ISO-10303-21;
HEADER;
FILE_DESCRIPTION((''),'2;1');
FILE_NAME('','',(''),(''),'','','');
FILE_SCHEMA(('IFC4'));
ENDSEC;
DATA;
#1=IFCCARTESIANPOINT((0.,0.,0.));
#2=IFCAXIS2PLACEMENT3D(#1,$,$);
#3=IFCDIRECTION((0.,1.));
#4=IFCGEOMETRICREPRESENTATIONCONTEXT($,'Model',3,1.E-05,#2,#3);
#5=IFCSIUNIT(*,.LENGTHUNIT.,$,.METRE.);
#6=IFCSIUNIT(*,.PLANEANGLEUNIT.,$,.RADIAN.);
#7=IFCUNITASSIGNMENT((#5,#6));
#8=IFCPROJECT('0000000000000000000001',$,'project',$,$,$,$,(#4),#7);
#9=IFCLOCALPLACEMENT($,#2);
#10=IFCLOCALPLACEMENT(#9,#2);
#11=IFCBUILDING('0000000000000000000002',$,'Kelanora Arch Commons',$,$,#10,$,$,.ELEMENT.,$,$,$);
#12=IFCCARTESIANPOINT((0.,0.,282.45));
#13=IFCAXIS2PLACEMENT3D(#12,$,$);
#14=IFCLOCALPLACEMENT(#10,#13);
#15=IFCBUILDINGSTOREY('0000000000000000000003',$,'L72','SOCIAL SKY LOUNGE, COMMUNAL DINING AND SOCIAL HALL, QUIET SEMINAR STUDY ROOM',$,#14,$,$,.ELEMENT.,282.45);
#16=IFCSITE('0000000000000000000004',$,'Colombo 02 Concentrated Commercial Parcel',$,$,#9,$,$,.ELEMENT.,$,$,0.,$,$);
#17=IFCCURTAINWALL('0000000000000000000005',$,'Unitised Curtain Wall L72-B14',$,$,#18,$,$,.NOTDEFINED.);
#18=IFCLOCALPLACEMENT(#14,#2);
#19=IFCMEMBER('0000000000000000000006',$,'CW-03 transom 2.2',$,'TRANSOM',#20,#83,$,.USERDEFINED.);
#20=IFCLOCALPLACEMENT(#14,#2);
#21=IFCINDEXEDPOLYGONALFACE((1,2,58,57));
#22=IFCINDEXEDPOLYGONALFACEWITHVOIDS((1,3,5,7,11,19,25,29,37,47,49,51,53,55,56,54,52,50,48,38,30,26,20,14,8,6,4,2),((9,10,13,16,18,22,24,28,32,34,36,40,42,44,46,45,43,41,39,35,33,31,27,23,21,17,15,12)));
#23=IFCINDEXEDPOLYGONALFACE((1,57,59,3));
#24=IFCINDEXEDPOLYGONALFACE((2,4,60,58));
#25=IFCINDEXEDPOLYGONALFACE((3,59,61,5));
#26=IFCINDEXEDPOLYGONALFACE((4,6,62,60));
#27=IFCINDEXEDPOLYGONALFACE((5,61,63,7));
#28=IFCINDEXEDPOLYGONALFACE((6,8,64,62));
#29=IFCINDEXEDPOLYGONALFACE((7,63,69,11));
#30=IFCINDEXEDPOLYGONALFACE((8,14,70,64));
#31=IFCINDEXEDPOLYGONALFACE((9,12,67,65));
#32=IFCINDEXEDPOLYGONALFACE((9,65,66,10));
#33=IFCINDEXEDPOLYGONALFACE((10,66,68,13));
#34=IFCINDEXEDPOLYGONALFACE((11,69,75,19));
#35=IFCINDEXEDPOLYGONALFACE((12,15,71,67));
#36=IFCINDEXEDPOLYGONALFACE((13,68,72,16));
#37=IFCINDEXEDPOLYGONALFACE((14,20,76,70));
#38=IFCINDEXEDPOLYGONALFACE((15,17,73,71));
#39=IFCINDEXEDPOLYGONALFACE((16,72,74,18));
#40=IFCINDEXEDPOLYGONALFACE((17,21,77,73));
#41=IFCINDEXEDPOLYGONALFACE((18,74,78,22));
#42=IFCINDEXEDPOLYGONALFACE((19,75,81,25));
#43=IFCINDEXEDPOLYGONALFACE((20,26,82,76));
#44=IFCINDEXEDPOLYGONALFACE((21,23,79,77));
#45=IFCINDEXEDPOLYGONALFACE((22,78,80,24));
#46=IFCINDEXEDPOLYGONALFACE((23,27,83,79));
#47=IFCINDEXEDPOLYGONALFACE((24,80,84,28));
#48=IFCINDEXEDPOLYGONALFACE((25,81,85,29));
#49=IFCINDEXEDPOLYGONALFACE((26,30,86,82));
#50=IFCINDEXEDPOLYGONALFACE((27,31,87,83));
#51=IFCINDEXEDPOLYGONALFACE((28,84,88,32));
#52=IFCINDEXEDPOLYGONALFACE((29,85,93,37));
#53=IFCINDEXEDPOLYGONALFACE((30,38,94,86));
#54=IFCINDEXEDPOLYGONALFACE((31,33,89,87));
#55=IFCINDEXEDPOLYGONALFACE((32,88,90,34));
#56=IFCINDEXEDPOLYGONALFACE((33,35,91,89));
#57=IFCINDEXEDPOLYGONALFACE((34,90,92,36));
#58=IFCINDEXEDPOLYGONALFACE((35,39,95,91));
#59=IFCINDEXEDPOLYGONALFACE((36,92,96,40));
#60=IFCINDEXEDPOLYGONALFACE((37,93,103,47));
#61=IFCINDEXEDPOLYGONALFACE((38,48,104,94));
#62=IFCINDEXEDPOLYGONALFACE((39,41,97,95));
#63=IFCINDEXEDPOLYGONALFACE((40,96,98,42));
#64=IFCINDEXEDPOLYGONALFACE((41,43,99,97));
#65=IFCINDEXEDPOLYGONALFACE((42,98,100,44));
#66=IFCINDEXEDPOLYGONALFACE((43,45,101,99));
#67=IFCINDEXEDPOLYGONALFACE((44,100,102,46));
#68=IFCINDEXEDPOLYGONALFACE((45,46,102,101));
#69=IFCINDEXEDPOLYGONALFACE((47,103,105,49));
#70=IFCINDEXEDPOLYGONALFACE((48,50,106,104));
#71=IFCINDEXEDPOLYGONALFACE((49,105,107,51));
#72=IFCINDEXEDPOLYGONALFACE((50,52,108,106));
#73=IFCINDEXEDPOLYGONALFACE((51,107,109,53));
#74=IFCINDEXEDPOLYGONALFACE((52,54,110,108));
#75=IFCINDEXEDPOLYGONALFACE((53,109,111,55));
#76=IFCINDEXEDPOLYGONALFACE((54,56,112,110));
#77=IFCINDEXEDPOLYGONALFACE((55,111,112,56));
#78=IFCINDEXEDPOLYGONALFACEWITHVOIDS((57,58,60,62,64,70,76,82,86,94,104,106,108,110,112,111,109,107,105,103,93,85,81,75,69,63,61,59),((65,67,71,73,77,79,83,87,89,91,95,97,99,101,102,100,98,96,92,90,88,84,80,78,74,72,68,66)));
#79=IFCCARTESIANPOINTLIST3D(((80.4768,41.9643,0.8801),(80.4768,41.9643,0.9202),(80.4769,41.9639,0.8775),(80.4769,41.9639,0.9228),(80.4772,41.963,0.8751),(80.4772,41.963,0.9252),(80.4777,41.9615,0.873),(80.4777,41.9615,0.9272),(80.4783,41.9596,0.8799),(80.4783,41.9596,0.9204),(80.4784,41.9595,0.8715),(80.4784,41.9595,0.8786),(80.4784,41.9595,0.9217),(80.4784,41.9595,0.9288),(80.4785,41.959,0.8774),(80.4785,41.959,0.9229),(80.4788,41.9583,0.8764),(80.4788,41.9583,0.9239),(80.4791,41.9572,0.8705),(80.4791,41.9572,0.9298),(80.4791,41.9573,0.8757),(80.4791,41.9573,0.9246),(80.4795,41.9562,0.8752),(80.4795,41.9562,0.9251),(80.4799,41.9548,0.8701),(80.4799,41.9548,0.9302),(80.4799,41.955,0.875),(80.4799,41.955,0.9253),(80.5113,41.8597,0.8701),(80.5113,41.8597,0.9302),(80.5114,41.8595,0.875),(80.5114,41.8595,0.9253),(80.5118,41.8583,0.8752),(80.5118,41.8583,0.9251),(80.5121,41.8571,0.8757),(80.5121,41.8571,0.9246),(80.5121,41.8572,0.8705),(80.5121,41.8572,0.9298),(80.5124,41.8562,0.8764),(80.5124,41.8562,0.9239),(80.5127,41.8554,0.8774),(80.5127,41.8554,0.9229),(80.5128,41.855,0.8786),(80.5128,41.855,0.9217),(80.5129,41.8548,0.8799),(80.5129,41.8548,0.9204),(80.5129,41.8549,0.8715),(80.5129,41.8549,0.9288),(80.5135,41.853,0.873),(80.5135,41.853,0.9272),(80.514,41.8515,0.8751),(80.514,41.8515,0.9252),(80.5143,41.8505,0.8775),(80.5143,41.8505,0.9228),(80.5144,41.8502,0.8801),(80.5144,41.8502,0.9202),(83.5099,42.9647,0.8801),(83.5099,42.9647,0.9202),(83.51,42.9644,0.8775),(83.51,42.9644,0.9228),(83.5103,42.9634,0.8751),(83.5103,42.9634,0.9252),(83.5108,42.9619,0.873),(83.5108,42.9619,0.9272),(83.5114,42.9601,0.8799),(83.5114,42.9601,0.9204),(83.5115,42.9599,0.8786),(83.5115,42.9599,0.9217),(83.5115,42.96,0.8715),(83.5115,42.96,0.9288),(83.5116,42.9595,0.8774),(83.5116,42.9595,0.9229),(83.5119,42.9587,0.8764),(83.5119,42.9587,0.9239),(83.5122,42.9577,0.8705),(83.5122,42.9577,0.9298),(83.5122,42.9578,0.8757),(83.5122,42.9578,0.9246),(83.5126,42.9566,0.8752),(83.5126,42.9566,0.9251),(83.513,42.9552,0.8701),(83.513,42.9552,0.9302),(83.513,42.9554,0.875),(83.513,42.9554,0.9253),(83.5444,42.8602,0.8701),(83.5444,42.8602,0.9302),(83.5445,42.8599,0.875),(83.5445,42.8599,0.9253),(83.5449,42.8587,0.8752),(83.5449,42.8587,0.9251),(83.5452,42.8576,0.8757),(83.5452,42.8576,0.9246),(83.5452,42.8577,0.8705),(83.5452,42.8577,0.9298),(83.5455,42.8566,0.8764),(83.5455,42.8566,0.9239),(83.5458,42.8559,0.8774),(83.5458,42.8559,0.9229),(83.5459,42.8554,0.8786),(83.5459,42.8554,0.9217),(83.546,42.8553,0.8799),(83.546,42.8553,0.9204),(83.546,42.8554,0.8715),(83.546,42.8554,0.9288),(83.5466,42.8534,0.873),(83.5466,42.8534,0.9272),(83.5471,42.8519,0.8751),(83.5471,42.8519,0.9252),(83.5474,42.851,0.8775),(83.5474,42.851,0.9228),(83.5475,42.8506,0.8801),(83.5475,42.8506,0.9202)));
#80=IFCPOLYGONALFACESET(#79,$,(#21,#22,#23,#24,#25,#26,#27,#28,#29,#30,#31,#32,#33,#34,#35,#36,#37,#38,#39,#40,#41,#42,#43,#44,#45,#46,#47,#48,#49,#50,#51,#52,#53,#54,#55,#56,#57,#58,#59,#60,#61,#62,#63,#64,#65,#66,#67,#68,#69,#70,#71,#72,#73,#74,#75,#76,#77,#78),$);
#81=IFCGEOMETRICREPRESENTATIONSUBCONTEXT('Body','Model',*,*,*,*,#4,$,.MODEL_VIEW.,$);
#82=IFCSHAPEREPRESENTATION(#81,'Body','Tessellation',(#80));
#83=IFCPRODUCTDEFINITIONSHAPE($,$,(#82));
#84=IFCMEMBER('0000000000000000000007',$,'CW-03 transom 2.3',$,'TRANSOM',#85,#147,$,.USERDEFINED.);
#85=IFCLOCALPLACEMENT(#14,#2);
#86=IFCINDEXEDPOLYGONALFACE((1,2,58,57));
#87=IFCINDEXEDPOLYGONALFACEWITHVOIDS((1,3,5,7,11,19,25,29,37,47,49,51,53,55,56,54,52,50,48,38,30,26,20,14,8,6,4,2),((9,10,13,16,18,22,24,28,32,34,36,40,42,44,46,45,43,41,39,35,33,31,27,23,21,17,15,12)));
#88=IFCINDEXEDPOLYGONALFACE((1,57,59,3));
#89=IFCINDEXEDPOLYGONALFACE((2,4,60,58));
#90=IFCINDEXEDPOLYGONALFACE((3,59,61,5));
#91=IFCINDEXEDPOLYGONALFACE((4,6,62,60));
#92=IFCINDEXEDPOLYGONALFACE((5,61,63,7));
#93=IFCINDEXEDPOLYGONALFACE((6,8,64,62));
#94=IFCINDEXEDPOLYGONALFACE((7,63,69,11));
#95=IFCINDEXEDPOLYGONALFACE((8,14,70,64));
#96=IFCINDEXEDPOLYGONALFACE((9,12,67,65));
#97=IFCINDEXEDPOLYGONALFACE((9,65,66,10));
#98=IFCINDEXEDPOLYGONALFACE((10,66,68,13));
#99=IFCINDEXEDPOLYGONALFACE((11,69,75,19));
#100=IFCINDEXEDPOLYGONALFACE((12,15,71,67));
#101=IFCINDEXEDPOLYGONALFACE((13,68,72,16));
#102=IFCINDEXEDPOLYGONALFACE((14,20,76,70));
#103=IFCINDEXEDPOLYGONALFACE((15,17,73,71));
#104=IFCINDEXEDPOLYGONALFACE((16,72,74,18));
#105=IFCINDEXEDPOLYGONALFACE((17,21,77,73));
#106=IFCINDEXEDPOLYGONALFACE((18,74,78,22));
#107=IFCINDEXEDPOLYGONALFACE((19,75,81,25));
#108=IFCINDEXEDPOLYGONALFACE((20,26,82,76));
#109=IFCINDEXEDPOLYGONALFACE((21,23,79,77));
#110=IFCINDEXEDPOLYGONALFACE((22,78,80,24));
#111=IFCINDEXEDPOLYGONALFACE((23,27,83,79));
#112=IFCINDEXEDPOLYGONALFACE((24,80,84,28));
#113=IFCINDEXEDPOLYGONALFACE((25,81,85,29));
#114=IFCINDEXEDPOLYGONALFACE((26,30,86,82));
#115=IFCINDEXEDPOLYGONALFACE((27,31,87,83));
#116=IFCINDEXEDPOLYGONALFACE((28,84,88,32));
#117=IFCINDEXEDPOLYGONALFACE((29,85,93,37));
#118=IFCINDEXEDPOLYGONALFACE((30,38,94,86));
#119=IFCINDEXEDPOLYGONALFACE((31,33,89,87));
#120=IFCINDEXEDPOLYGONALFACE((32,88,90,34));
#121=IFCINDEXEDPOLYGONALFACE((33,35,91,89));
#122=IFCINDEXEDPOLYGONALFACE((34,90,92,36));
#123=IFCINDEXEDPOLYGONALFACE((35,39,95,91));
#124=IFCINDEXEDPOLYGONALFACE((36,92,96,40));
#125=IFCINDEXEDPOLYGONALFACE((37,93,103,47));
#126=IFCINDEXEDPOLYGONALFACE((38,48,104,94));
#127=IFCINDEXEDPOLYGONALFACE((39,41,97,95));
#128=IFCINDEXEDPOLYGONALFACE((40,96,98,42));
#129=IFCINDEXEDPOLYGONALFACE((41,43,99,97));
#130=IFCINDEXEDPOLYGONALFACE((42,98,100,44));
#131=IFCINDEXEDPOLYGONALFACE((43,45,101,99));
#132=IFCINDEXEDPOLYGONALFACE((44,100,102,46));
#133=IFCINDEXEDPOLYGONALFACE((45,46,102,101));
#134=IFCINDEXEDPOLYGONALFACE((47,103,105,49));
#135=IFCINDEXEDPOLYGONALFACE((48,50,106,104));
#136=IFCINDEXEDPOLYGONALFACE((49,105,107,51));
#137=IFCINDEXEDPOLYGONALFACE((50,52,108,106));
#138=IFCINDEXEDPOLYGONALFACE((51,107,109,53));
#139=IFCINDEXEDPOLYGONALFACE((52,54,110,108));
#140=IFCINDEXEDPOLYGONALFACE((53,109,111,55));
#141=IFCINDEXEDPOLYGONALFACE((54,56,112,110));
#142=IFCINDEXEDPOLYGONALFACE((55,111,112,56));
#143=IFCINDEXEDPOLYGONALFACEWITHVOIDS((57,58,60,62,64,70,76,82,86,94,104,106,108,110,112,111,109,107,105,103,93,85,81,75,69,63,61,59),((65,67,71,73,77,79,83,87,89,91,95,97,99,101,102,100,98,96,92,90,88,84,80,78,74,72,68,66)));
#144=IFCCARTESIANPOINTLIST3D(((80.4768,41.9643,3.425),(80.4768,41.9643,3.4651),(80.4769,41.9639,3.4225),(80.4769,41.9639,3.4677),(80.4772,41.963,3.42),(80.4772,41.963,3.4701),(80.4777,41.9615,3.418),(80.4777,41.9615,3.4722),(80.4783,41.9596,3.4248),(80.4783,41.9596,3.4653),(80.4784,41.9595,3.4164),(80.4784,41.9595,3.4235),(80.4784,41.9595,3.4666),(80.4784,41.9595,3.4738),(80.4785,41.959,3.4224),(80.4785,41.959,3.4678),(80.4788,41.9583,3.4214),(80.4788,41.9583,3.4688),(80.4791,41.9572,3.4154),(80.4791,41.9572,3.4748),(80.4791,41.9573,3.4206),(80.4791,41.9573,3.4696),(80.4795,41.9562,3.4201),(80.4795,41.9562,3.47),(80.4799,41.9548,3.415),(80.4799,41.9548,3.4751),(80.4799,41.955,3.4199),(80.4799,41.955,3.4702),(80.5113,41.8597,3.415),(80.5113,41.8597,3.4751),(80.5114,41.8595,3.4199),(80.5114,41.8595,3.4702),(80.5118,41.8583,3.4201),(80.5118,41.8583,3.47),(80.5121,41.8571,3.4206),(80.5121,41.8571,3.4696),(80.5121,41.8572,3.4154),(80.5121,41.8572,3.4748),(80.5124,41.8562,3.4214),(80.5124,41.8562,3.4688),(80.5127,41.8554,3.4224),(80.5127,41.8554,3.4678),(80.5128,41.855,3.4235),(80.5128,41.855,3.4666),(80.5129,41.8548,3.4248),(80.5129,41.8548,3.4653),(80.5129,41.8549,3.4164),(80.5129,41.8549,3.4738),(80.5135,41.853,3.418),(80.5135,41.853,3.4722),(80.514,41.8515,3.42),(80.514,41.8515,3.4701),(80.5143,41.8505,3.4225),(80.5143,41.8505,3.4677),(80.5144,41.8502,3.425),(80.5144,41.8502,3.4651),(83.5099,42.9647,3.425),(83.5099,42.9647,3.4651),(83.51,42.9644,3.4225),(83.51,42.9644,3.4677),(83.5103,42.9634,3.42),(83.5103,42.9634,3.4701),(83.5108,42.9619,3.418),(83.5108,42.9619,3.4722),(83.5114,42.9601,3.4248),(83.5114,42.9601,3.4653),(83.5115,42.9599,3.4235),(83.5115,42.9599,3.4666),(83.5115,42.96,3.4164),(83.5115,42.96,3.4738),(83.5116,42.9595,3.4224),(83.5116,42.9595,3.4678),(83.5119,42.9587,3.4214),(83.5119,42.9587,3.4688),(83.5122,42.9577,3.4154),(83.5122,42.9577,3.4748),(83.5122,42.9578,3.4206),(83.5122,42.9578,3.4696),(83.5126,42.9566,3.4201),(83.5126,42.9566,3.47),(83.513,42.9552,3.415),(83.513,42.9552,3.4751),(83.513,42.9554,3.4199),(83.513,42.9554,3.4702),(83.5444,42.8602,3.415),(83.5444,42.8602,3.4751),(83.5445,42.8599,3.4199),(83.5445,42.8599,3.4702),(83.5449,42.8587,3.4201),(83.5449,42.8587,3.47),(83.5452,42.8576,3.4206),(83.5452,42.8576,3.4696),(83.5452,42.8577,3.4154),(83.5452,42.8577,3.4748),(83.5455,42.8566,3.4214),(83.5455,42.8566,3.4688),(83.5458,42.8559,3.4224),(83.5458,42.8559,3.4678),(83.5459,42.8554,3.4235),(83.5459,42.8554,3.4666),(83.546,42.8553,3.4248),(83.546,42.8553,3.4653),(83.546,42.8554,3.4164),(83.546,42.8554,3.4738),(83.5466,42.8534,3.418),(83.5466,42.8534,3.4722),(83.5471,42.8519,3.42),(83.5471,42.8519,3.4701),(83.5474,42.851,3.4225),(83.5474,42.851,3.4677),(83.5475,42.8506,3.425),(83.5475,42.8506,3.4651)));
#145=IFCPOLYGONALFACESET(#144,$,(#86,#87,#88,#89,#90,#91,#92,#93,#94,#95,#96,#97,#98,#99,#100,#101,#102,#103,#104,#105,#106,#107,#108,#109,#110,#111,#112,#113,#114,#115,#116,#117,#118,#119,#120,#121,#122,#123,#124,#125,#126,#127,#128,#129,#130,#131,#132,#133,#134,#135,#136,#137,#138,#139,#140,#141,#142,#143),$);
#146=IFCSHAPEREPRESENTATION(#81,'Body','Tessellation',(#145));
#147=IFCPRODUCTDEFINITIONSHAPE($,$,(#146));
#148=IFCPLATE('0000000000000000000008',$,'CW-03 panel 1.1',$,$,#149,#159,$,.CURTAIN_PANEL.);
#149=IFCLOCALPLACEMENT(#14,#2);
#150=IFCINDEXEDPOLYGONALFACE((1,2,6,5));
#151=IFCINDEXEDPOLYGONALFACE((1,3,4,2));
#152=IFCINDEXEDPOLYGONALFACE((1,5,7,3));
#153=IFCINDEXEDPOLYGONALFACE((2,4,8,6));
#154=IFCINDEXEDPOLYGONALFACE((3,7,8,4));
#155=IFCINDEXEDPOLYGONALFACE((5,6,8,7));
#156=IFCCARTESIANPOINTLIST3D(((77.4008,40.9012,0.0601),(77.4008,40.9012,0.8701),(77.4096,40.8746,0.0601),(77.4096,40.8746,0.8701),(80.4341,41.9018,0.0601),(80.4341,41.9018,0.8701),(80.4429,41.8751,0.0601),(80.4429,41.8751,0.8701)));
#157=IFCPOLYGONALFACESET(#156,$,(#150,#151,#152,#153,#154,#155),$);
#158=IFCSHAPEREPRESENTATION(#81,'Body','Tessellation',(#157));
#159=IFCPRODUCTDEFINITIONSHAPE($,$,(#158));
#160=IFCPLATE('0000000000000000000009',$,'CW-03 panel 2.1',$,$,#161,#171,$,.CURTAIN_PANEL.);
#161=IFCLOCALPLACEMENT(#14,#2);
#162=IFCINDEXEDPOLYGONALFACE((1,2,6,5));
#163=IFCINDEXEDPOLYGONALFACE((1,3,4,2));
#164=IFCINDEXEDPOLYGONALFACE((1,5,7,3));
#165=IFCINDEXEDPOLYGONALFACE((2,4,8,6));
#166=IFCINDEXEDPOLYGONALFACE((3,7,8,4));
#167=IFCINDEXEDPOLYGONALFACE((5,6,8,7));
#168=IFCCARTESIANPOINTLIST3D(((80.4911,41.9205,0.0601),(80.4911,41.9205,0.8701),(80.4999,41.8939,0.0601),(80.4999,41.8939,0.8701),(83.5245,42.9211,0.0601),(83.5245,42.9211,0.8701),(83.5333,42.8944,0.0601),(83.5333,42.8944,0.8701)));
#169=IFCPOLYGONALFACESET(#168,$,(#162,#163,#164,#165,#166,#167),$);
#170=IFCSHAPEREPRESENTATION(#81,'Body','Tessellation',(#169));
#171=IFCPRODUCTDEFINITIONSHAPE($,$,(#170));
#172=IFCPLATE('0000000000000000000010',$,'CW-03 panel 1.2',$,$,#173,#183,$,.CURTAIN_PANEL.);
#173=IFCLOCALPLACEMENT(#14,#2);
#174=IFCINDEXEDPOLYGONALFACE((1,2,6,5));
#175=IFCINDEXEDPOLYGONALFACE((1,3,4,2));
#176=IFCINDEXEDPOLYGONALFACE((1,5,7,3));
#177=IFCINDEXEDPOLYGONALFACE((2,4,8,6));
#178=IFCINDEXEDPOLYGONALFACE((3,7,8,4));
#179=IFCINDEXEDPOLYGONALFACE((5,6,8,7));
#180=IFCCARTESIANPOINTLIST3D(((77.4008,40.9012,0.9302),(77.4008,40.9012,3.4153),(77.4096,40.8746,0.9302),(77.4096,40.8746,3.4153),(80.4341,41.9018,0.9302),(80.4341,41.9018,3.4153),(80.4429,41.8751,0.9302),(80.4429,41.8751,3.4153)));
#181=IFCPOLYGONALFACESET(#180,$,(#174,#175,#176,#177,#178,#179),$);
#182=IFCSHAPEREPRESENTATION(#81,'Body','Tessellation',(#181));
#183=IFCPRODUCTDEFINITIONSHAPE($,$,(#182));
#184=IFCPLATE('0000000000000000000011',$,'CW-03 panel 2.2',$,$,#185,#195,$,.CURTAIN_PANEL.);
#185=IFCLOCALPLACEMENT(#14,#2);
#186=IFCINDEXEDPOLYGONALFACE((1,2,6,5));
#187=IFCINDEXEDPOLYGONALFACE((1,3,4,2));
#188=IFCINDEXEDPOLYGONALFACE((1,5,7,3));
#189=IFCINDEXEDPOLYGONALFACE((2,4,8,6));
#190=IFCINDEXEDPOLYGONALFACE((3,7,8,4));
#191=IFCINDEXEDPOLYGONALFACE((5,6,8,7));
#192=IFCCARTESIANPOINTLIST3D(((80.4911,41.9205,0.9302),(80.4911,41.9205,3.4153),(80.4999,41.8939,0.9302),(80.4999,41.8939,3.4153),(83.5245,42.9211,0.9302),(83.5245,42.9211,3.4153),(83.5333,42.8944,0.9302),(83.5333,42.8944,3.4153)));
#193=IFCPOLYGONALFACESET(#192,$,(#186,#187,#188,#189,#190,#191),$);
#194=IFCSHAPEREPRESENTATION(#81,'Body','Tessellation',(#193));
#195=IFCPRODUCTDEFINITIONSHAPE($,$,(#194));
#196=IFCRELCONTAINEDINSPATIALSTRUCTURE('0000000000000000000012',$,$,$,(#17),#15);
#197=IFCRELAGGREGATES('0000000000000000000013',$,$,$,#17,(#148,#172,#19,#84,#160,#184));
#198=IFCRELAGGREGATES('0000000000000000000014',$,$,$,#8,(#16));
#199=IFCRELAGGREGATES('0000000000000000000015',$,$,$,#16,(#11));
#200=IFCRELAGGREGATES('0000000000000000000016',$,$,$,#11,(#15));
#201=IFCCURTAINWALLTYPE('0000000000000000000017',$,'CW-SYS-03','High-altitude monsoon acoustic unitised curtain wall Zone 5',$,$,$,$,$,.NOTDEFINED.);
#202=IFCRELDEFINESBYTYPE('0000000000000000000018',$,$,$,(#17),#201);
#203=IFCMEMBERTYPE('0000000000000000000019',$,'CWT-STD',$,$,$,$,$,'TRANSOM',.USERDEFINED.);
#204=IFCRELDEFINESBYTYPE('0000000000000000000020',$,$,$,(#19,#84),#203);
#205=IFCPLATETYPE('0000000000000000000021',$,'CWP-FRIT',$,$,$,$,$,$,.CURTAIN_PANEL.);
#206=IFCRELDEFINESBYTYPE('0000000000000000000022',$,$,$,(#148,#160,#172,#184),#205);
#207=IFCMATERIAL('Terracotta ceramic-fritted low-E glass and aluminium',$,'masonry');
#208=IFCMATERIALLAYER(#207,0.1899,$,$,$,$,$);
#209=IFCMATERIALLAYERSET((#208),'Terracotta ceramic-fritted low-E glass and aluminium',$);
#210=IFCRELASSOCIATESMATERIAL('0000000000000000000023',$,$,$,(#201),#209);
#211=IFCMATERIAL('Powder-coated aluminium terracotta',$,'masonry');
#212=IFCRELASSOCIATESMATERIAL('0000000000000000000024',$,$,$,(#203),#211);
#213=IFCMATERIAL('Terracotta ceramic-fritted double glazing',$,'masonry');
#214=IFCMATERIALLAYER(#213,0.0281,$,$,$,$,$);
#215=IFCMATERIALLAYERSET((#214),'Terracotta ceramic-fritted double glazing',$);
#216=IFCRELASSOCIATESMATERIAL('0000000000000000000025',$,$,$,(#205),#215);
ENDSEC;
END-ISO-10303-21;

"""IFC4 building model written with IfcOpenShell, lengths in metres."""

from ifc_helpers import new_model, si_unit, direction, frame, origin, origin_2d, place, context, subcontext, project, spatial, rectangle, hollow_rectangle, extrude, source, transform, mapped, material, layer, layer_set, material_profile, profile_set, type_object, element, aggregate, save


model = new_model("IFC4")

# Units and contexts
model_context = context("Model", 3, precision=1e-05, world=origin(), true_north=direction((0.0, 1.0)))
body_context = subcontext(model_context, "Body", "Model", "MODEL_VIEW")
ifc_project = project(units=[si_unit("LENGTHUNIT", "METRE"), si_unit("PLANEANGLEUNIT", "RADIAN")], contexts=[model_context])

# Site, building, storey
site_placement = place(None, origin())
site = spatial("IfcSite", under=ifc_project, at=site_placement, Name="Colombo 02 Concentrated Commercial Parcel", CompositionType="ELEMENT", RefElevation=0.0)
building_placement = place(site_placement, origin())
building = spatial("IfcBuilding", under=site, at=building_placement, Name="Kelanora Arch Commons", CompositionType="ELEMENT")
storey_placement = place(building_placement, frame((0.0, 0.0, 282.45)))
storey = spatial("IfcBuildingStorey", under=building, at=storey_placement, Name="L72", Description="SOCIAL SKY LOUNGE, COMMUNAL DINING AND SOCIAL HALL, QUIET SEMINAR STUDY ROOM", CompositionType="ELEMENT", Elevation=282.45)

# Curtain wall, members, plates
ifc_material_1 = material(Name="Terracotta ceramic-fritted low-E glass and aluminium", Category="masonry")
ifc_layer_1 = layer(ifc_material_1, 0.1899)
ifc_layer_set_1 = layer_set([ifc_layer_1], Name="Terracotta ceramic-fritted low-E glass and aluminium")
curtain_wall_type = type_object("IfcCurtainWallType", Name="CW-SYS-03", Description="High-altitude monsoon acoustic unitised curtain wall Zone 5", PredefinedType="NOTDEFINED", material=ifc_layer_set_1)
curtain_wall_placement = place(storey_placement, origin())
curtain_wall = element("IfcCurtainWall", 1, at=curtain_wall_placement, inside=storey, type_object=curtain_wall_type, Name="Unitised Curtain Wall L72-B14", PredefinedType="NOTDEFINED")
ifc_material_2 = material(Name="Powder-coated aluminium terracotta", Category="masonry")
ifc_material_profile_1 = material_profile(ifc_material_2, hollow_rectangle(XDim=0.1201, YDim=0.0601, WallThickness=0.0049, InnerFilletRadius=0.0049, OuterFilletRadius=0.01, at=origin_2d()), Name="CWT120x60")
ifc_profile_set_1 = profile_set([ifc_material_profile_1], Name="Powder-coated aluminium terracotta")
member_type_1 = type_object("IfcMemberType", Name="CWT-STD", ElementType="TRANSOM", PredefinedType="USERDEFINED", material=ifc_profile_set_1)
member_1_placement = place(storey_placement, frame((80.4956, 41.9072, 0.9001), z_axis=(0.949672, 0.313245, 0.0), x_axis=(-0.313245, 0.949672, 0.0)))
member_1 = element("IfcMember", 2, at=member_1_placement, type_object=member_type_1, Name="CW-03 transom 2.2", ObjectType="TRANSOM", PredefinedType="USERDEFINED", context=body_context, shape_type="SweptSolid", body=[
    extrude(hollow_rectangle(XDim=0.1201, YDim=0.0601, WallThickness=0.0049, InnerFilletRadius=0.0049, OuterFilletRadius=0.01, at=origin_2d()), origin(), (0.0, 0.0, 1.0), 3.1938),
])
member_2_placement = place(storey_placement, frame((80.4956, 41.9072, 3.4451), z_axis=(0.949672, 0.313245, 0.0), x_axis=(-0.313245, 0.949672, 0.0)))
member_2 = element("IfcMember", 3, at=member_2_placement, type_object=member_type_1, Name="CW-03 transom 2.3", ObjectType="TRANSOM", PredefinedType="USERDEFINED", context=body_context, shape_type="SweptSolid", body=[
    extrude(hollow_rectangle(XDim=0.1201, YDim=0.0601, WallThickness=0.0049, InnerFilletRadius=0.0049, OuterFilletRadius=0.01, at=origin_2d()), origin(), (0.0, 0.0, 1.0), 3.1938),
])
ifc_material_3 = material(Name="Terracotta ceramic-fritted double glazing", Category="masonry")
ifc_layer_2 = layer(ifc_material_3, 0.0281)
ifc_layer_set_2 = layer_set([ifc_layer_2], Name="Terracotta ceramic-fritted double glazing")
plate_type = type_object("IfcPlateType", Name="CWP-FRIT", PredefinedType="CURTAIN_PANEL", material=ifc_layer_set_2)
shared_shape_1 = source(origin(), body_context, "Body", "SweptSolid", [
    extrude(rectangle(XDim=3.1941, YDim=0.0281, at=origin_2d()), origin(), (0.0, 0.0, 1.0), 0.8101),
])
plate_1_placement = place(storey_placement, frame((78.9219, 41.3882, 0.0601), z_axis=(0.0, 0.0, 1.0), x_axis=(0.94967, 0.313253, 0.0)))
plate_1 = element("IfcPlate", 4, at=plate_1_placement, type_object=plate_type, Name="CW-03 panel 1.1", PredefinedType="CURTAIN_PANEL", context=body_context, shape_type="MappedRepresentation", body=[
    mapped(shared_shape_1, transform((0.0, 0.0, 0.0), scale=1.0)),
])
plate_2_placement = place(storey_placement, frame((82.0122, 42.4075, 0.0601), z_axis=(0.0, 0.0, 1.0), x_axis=(0.94967, 0.313253, 0.0)))
plate_2 = element("IfcPlate", 5, at=plate_2_placement, type_object=plate_type, Name="CW-03 panel 2.1", PredefinedType="CURTAIN_PANEL", context=body_context, shape_type="MappedRepresentation", body=[
    mapped(shared_shape_1, transform((0.0, 0.0, 0.0), scale=1.0)),
])
shared_shape_2 = source(origin(), body_context, "Body", "SweptSolid", [
    extrude(rectangle(XDim=3.1941, YDim=0.0281, at=origin_2d()), origin(), (0.0, 0.0, 1.0), 2.4851),
])
plate_3_placement = place(storey_placement, frame((78.9219, 41.3882, 0.9302), z_axis=(0.0, 0.0, 1.0), x_axis=(0.94967, 0.313253, 0.0)))
plate_3 = element("IfcPlate", 6, at=plate_3_placement, type_object=plate_type, Name="CW-03 panel 1.2", PredefinedType="CURTAIN_PANEL", context=body_context, shape_type="MappedRepresentation", body=[
    mapped(shared_shape_2, transform((0.0, 0.0, 0.0), scale=1.0)),
])
plate_4_placement = place(storey_placement, frame((82.0122, 42.4075, 0.9302), z_axis=(0.0, 0.0, 1.0), x_axis=(0.94967, 0.313253, 0.0)))
plate_4 = element("IfcPlate", 7, at=plate_4_placement, type_object=plate_type, Name="CW-03 panel 2.2", PredefinedType="CURTAIN_PANEL", context=body_context, shape_type="MappedRepresentation", body=[
    mapped(shared_shape_2, transform((0.0, 0.0, 0.0), scale=1.0)),
])
aggregate(curtain_wall, [plate_1, plate_3, member_1, member_2, plate_2, plate_4])

save(model, "model.ifc")
